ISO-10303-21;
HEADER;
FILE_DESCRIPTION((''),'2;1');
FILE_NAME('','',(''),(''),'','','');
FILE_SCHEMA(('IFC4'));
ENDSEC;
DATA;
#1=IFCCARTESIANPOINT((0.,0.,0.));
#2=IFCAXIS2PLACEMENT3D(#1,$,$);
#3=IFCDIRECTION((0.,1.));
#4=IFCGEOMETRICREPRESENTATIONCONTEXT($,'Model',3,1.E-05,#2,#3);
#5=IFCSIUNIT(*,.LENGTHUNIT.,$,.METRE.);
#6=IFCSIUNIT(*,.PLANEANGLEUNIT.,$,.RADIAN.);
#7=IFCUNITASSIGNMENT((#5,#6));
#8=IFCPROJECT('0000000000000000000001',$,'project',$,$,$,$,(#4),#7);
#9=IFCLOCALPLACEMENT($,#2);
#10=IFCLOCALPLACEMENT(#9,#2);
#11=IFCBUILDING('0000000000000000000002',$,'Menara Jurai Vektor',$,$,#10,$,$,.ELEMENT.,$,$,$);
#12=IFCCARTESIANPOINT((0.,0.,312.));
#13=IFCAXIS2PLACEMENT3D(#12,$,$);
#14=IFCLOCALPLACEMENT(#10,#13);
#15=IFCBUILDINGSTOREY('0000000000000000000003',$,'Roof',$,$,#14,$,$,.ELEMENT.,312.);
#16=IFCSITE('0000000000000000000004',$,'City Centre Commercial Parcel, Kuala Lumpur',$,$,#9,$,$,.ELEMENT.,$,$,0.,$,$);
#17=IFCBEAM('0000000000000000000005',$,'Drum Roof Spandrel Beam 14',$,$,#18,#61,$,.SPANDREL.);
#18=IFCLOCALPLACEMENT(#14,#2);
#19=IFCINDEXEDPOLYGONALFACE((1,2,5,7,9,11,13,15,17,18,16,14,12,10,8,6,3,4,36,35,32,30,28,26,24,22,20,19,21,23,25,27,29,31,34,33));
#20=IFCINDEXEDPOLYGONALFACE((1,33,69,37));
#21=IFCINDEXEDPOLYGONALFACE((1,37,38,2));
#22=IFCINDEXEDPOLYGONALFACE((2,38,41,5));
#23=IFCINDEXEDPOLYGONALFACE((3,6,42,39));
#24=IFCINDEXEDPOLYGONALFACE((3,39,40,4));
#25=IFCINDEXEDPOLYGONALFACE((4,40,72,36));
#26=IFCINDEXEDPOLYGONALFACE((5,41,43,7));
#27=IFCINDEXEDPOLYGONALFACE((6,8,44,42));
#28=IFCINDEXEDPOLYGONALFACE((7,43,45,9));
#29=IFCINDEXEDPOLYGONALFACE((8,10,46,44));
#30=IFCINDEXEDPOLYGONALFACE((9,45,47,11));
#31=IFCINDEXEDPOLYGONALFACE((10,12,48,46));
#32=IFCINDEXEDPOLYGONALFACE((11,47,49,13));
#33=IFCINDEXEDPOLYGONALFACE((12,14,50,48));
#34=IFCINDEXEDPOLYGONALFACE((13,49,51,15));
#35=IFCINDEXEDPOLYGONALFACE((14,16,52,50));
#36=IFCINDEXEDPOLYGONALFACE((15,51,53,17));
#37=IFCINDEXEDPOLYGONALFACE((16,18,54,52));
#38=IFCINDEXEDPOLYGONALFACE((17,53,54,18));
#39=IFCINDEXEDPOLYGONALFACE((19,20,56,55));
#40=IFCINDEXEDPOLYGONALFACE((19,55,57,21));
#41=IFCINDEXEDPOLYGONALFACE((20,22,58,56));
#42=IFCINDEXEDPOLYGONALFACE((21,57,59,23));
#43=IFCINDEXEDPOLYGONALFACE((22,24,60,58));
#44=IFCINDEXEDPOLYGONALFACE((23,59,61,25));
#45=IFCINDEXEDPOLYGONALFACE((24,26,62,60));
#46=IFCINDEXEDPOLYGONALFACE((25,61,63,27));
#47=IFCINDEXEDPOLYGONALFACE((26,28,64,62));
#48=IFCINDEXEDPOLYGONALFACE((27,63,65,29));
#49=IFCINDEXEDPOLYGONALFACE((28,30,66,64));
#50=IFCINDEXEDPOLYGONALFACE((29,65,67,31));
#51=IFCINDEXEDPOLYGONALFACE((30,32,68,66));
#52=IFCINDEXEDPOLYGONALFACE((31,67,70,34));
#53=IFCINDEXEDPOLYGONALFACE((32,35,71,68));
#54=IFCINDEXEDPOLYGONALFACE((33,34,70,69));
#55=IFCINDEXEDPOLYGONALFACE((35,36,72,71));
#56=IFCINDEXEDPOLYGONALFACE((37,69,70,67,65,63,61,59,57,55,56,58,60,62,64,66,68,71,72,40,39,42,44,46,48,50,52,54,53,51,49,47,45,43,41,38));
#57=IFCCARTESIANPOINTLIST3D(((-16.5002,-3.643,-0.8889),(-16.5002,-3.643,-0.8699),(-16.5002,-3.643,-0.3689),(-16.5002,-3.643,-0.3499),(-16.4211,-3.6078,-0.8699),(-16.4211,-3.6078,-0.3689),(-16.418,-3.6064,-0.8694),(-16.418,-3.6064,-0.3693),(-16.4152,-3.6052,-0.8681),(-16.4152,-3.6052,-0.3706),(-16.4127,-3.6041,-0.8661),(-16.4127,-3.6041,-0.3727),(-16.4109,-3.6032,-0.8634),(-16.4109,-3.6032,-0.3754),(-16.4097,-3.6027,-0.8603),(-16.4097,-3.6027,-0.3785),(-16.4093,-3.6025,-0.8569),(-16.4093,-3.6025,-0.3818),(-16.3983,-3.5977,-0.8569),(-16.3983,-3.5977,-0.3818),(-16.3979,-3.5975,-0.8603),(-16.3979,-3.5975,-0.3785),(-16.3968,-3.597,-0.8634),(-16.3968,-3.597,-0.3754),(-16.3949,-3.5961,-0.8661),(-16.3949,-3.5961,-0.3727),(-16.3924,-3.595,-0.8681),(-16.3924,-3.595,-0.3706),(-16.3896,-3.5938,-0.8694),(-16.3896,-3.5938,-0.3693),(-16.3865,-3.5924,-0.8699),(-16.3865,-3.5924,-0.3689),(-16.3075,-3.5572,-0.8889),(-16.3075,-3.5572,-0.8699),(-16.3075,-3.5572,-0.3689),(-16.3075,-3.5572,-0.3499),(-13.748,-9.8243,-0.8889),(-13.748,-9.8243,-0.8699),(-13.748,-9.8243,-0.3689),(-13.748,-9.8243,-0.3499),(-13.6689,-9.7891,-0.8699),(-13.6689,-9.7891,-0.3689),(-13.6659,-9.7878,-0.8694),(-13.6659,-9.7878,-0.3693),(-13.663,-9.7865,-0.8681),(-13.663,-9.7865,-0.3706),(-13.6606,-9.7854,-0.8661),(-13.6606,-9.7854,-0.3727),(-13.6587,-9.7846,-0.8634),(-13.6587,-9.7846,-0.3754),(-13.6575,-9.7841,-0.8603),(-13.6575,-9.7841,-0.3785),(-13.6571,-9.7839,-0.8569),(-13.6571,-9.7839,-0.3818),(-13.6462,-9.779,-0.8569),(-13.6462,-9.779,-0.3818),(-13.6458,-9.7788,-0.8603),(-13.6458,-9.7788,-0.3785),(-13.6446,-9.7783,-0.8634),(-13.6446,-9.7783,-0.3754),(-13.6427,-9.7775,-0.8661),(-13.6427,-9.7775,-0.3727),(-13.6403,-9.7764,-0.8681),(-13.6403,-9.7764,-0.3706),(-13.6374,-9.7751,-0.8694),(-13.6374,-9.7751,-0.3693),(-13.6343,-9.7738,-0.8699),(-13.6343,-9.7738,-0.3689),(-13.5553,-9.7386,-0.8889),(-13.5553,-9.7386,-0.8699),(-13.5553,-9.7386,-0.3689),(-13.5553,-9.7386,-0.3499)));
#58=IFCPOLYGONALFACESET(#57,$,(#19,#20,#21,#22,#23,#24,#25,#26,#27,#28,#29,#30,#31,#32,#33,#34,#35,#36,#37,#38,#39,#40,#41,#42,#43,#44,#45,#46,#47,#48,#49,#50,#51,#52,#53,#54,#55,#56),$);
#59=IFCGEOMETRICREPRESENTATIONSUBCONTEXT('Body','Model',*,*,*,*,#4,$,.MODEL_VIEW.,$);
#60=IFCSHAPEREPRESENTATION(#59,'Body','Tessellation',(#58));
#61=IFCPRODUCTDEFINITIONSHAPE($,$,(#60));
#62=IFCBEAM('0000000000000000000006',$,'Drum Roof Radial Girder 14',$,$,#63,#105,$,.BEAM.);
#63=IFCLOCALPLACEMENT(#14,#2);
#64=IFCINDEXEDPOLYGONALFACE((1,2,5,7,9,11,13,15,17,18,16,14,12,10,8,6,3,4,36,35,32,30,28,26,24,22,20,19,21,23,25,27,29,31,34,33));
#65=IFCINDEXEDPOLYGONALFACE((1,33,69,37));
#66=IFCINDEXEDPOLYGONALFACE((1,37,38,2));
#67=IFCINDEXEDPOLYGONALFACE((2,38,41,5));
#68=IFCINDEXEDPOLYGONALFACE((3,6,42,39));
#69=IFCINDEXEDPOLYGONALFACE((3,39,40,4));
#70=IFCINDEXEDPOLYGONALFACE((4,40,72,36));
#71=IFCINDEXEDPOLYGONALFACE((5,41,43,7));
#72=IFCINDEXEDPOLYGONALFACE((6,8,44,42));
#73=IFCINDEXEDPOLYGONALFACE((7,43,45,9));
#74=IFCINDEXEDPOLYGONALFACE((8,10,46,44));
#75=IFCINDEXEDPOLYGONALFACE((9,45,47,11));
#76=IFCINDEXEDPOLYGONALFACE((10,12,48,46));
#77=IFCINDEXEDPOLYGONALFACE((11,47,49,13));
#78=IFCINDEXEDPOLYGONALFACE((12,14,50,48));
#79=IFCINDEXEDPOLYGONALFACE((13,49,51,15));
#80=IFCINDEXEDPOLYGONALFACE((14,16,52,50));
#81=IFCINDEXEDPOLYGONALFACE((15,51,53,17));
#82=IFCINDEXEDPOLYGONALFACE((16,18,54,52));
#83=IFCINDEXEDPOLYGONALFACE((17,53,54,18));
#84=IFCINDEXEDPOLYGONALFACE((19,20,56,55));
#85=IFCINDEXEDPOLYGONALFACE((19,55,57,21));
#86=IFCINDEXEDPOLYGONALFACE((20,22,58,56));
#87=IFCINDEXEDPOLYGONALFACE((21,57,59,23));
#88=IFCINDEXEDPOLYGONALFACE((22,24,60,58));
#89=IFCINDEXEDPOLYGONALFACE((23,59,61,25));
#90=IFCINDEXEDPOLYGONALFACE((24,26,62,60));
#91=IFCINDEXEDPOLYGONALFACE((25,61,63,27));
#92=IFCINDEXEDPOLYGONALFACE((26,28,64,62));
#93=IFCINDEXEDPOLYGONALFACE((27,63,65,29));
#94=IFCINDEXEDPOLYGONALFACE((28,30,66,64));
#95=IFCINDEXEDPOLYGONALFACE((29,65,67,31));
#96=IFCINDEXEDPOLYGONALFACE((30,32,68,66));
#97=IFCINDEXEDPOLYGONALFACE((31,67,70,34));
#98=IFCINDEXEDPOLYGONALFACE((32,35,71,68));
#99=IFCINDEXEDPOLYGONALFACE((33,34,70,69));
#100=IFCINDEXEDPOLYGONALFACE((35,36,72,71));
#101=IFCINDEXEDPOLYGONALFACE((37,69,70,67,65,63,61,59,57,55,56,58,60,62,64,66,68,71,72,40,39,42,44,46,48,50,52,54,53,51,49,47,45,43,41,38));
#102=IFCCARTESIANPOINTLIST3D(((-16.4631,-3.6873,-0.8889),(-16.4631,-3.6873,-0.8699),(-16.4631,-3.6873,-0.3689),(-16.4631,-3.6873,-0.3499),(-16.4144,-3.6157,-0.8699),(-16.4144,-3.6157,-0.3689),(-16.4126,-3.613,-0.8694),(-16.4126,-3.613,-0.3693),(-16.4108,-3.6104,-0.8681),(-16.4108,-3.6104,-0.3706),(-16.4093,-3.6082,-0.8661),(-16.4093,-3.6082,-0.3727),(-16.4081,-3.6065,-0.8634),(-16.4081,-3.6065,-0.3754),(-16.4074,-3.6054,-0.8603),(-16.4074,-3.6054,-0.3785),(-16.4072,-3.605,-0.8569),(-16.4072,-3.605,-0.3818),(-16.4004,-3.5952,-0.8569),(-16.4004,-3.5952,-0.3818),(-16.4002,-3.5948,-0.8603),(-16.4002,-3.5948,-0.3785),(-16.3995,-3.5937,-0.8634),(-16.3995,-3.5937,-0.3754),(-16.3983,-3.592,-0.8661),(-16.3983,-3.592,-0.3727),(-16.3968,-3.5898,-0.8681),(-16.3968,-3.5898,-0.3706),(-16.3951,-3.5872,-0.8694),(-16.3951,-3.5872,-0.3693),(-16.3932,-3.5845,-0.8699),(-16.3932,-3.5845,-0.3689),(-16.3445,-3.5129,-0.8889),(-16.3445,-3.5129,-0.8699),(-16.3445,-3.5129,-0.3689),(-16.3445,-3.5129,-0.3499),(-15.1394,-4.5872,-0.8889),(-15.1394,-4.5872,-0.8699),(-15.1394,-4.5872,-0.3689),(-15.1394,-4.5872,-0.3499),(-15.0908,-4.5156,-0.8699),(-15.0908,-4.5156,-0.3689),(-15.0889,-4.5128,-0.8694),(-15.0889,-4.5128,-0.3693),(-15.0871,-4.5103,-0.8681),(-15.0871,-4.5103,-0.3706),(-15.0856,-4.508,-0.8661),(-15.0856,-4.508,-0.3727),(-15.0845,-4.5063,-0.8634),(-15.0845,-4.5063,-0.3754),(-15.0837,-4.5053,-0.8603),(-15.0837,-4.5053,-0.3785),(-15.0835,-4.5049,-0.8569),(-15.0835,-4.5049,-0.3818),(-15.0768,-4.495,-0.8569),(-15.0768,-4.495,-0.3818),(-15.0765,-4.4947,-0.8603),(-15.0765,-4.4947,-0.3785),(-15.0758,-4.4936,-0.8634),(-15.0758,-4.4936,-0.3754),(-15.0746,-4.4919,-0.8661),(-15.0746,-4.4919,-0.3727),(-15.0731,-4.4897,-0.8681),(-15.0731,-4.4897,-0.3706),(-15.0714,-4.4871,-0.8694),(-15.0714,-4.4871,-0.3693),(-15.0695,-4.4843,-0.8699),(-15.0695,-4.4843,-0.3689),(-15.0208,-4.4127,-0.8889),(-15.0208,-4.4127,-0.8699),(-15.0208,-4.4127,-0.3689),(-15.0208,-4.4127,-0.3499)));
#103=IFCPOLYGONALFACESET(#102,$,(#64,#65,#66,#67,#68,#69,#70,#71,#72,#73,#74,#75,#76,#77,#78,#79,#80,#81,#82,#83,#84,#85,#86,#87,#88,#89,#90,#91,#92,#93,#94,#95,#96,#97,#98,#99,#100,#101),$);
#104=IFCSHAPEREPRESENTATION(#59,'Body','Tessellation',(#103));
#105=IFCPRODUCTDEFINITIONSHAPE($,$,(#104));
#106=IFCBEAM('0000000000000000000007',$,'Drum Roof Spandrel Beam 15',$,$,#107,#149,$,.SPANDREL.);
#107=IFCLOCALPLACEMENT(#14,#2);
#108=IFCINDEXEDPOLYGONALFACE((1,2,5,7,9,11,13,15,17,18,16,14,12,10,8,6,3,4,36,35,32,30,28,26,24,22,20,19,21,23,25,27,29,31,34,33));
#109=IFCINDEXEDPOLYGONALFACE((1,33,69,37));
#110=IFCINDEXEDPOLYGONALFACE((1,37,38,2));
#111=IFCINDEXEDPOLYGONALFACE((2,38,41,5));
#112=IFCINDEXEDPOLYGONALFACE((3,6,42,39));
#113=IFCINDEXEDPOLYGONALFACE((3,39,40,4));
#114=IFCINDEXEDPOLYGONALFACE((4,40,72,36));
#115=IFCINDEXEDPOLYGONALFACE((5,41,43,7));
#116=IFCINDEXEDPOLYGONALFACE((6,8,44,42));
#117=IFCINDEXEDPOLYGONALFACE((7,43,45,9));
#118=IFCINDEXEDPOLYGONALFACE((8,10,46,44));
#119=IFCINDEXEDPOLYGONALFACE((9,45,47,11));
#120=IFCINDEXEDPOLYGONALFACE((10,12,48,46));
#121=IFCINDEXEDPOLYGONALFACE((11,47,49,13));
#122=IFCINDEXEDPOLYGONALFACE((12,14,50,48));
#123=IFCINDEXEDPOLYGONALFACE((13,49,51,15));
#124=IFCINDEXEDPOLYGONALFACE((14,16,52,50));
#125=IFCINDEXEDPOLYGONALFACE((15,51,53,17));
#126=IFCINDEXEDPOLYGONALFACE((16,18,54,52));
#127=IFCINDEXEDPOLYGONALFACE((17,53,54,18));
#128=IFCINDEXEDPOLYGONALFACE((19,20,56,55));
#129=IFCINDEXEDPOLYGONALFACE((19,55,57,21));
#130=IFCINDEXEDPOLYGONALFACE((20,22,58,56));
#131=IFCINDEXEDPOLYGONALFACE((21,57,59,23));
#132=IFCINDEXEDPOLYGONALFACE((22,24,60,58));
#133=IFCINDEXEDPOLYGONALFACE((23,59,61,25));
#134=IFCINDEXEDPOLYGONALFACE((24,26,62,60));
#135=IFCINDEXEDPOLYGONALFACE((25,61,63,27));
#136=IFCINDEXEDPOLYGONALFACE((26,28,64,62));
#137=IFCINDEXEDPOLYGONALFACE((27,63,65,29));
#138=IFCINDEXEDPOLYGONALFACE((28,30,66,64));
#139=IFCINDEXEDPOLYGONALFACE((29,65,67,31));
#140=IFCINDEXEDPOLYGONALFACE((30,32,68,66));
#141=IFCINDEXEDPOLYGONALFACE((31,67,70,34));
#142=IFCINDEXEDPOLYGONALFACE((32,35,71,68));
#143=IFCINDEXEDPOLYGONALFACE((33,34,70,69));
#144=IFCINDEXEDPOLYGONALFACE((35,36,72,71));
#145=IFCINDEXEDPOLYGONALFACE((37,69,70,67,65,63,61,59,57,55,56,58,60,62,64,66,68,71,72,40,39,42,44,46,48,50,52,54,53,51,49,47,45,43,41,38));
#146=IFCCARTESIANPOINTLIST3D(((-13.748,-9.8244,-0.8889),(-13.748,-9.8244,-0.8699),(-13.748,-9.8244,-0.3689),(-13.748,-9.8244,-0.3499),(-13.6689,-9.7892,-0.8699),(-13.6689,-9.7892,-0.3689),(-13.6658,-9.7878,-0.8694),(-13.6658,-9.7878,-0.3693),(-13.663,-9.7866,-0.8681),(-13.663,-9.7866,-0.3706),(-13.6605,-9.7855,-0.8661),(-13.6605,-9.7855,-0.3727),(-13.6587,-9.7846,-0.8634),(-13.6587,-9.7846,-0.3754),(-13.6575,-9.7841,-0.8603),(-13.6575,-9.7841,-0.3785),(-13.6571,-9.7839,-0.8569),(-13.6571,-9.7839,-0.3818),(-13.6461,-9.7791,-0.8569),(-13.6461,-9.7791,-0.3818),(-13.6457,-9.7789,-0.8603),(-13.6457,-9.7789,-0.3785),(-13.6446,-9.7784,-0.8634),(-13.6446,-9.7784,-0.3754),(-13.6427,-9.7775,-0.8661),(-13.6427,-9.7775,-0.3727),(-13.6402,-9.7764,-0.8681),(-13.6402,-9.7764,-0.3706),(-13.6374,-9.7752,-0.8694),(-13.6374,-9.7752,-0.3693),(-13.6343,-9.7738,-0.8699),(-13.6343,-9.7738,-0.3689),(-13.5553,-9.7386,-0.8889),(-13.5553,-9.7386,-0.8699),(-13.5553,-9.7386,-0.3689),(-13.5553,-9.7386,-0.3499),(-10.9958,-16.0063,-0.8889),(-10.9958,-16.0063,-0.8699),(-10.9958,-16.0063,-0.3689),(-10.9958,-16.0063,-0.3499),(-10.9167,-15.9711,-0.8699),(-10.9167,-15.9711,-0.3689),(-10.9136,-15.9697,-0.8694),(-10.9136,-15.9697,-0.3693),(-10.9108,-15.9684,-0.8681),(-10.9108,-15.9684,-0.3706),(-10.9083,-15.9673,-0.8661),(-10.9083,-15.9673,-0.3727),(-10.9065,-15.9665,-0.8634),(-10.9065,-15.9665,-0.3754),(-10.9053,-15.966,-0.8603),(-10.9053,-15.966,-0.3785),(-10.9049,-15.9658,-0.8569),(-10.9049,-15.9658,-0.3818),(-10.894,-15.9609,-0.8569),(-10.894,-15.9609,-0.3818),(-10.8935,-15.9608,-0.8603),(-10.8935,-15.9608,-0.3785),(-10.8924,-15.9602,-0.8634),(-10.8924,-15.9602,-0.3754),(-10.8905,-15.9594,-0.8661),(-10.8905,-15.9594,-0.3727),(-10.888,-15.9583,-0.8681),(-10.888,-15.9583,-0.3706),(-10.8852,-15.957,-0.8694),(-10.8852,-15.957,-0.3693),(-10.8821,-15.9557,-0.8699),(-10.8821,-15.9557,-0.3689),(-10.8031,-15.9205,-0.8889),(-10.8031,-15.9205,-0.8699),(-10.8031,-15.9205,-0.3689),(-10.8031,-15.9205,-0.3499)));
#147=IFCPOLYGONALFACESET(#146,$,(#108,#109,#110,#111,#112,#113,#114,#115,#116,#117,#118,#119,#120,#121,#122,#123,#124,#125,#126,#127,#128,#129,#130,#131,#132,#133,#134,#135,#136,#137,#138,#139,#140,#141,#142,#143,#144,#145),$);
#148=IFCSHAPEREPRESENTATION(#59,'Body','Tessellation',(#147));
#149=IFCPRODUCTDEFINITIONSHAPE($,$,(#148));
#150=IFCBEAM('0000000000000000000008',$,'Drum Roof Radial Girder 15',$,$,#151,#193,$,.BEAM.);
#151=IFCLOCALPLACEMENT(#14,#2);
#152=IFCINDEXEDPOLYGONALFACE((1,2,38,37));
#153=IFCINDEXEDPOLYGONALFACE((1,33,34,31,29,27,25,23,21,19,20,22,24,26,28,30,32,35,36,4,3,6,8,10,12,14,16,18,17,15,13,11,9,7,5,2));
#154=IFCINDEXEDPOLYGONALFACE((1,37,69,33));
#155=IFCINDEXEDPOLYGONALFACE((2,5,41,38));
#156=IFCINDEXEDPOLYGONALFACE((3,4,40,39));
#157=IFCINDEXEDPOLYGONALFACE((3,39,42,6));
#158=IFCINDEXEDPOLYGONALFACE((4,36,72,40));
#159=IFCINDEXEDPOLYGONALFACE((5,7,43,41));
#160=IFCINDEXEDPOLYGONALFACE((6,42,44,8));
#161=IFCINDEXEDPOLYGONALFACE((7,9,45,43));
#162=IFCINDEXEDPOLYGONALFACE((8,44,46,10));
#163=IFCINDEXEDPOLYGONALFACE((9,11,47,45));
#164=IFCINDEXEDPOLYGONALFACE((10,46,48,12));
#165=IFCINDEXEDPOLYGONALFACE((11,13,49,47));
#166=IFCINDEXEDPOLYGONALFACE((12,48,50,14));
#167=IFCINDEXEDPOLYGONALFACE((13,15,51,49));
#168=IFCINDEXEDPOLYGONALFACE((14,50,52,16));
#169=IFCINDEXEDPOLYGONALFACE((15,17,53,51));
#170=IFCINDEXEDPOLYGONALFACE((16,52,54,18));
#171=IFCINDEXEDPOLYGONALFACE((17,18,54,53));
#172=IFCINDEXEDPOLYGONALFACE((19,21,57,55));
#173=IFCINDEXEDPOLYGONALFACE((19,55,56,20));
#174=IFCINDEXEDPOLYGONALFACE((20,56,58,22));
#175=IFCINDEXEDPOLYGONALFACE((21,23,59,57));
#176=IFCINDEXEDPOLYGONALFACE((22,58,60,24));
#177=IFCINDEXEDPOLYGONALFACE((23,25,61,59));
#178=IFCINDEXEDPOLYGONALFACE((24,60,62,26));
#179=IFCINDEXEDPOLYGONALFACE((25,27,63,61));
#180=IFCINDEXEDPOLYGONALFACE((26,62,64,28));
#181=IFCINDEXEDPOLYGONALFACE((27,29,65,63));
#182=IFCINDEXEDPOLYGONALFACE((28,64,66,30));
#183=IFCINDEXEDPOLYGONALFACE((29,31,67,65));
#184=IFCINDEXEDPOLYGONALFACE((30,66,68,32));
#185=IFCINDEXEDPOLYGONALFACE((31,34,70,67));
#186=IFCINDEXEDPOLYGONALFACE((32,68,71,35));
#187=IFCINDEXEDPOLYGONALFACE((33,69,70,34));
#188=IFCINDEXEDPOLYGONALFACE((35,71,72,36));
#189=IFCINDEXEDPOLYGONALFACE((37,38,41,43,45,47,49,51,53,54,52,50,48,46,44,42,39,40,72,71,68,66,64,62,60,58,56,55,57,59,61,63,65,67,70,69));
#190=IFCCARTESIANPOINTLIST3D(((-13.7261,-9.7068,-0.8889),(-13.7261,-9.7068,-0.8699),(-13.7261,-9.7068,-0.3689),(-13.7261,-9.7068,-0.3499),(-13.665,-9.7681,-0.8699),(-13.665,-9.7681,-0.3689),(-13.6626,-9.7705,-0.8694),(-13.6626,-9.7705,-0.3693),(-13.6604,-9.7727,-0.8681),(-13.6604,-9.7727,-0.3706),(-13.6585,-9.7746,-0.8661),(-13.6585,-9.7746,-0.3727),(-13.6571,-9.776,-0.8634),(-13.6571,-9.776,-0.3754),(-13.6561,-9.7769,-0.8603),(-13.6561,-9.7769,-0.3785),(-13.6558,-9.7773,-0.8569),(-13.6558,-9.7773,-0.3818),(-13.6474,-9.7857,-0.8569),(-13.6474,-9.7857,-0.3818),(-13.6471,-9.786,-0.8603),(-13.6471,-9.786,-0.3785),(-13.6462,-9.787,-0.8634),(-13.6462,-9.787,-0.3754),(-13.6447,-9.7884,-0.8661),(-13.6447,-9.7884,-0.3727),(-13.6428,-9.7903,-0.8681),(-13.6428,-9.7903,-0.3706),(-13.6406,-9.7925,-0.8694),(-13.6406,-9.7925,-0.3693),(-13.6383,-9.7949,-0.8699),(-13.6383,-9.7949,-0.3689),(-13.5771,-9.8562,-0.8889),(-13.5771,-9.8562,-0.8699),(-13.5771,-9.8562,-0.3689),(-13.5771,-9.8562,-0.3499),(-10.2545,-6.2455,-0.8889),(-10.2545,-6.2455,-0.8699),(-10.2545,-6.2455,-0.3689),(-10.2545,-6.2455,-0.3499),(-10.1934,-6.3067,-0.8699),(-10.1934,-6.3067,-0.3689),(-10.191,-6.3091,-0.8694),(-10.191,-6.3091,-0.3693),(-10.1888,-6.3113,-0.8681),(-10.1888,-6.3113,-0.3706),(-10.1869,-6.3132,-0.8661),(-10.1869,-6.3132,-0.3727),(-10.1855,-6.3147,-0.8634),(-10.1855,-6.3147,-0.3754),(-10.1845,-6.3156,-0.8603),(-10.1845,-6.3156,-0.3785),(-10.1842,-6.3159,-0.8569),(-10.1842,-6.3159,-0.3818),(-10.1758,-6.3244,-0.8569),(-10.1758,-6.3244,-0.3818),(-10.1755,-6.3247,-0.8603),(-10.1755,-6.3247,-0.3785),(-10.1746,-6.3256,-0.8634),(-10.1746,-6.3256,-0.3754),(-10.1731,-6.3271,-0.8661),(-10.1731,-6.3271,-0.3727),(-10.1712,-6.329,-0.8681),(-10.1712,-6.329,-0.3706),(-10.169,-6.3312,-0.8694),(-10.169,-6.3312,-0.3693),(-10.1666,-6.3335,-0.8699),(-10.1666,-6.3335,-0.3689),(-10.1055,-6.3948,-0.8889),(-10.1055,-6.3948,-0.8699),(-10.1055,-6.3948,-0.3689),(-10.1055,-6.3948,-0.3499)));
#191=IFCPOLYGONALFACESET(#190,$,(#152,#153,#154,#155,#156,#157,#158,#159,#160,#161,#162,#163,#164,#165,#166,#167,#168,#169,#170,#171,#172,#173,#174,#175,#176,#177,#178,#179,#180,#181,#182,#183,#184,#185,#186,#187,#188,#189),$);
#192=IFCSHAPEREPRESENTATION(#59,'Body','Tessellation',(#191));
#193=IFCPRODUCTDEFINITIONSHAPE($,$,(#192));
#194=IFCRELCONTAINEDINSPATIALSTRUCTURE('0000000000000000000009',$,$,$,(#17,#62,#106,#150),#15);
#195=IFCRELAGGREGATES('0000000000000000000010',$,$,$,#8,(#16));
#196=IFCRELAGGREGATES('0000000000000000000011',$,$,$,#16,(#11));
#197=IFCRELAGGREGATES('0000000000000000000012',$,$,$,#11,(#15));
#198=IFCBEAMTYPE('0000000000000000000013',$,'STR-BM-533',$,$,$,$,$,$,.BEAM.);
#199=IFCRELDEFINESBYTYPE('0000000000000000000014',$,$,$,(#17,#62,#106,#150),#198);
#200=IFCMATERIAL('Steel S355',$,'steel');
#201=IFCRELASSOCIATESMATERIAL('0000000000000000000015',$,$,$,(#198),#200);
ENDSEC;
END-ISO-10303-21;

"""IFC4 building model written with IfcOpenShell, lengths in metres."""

from ifc_helpers import new_model, si_unit, direction, frame, origin, origin_2d, place, context, subcontext, project, spatial, i_section, extrude, material, material_profile, profile_set, type_object, element, save


model = new_model("IFC4")

# Units and contexts
model_context = context("Model", 3, precision=1e-05, world=origin(), true_north=direction((0.0, 1.0)))
body_context = subcontext(model_context, "Body", "Model", "MODEL_VIEW")
ifc_project = project(units=[si_unit("LENGTHUNIT", "METRE"), si_unit("PLANEANGLEUNIT", "RADIAN")], contexts=[model_context])

# Site, building, storey
site_placement = place(None, origin())
site = spatial("IfcSite", under=ifc_project, at=site_placement, Name="City Centre Commercial Parcel, Kuala Lumpur", CompositionType="ELEMENT", RefElevation=0.0)
building_placement = place(site_placement, origin())
building = spatial("IfcBuilding", under=site, at=building_placement, Name="Menara Jurai Vektor", CompositionType="ELEMENT")
storey_placement = place(building_placement, frame((0.0, 0.0, 312.0)))
storey = spatial("IfcBuildingStorey", under=building, at=storey_placement, Name="Roof", CompositionType="ELEMENT", Elevation=312.0)

# Beams
ifc_material_1 = material(Name="Steel S355", Category="steel")
ifc_material_profile_1 = material_profile(ifc_material_1, i_section(OverallWidth=0.2109, OverallDepth=0.5391, WebThickness=0.012, FlangeThickness=0.019, FilletRadius=0.0129, at=origin_2d()), Name="UKB 533x210x109")
ifc_profile_set_1 = profile_set([ifc_material_profile_1], Name="Steel S355")
beam_type_1 = type_object("IfcBeamType", Name="STR-BM-533", PredefinedType="BEAM", material=ifc_profile_set_1)
beam_1_placement = place(storey_placement, frame((-16.4038, -3.6001, -0.6194), z_axis=(0.406744, -0.913542, 0.0), x_axis=(0.913542, 0.406744, 0.0)))
element("IfcBeam", 1, at=beam_1_placement, inside=storey, type_object=beam_type_1, Name="Drum Roof Spandrel Beam 14", PredefinedType="SPANDREL", context=body_context, shape_type="SweptSolid", body=[
    extrude(i_section(OverallWidth=0.2109, OverallDepth=0.5391, WebThickness=0.012, FlangeThickness=0.019, FilletRadius=0.0129, at=origin_2d()), origin(), (0.0, 0.0, 1.0), 6.7664),
])
beam_2_placement = place(storey_placement, frame((-16.4038, -3.6001, -0.6194), z_axis=(0.826995, -0.56221, 0.0), x_axis=(0.56221, 0.826995, 0.0)))
element("IfcBeam", 2, at=beam_2_placement, inside=storey, type_object=beam_type_1, Name="Drum Roof Radial Girder 14", PredefinedType="BEAM", context=body_context, shape_type="SweptSolid", body=[
    extrude(i_section(OverallWidth=0.2109, OverallDepth=0.5391, WebThickness=0.012, FlangeThickness=0.019, FilletRadius=0.0129, at=origin_2d()), origin(), (0.0, 0.0, 1.0), 1.6006),
])
beam_3_placement = place(storey_placement, frame((-13.6516, -9.7815, -0.6194), z_axis=(0.406718, -0.913554, 0.0), x_axis=(0.913554, 0.406718, 0.0)))
element("IfcBeam", 3, at=beam_3_placement, inside=storey, type_object=beam_type_1, Name="Drum Roof Spandrel Beam 15", PredefinedType="SPANDREL", context=body_context, shape_type="SweptSolid", body=[
    extrude(i_section(OverallWidth=0.2109, OverallDepth=0.5391, WebThickness=0.012, FlangeThickness=0.019, FilletRadius=0.0129, at=origin_2d()), origin(), (0.0, 0.0, 1.0), 6.7668),
])
beam_4_placement = place(storey_placement, frame((-13.6516, -9.7815, -0.6194), z_axis=(0.708152, 0.70606, 0.0), x_axis=(-0.70606, 0.708152, 0.0)))
element("IfcBeam", 4, at=beam_4_placement, inside=storey, type_object=beam_type_1, Name="Drum Roof Radial Girder 15", PredefinedType="BEAM", context=body_context, shape_type="SweptSolid", body=[
    extrude(i_section(OverallWidth=0.2109, OverallDepth=0.5391, WebThickness=0.012, FlangeThickness=0.019, FilletRadius=0.0129, at=origin_2d()), origin(), (0.0, 0.0, 1.0), 4.9023),
])

save(model, "model.ifc")
